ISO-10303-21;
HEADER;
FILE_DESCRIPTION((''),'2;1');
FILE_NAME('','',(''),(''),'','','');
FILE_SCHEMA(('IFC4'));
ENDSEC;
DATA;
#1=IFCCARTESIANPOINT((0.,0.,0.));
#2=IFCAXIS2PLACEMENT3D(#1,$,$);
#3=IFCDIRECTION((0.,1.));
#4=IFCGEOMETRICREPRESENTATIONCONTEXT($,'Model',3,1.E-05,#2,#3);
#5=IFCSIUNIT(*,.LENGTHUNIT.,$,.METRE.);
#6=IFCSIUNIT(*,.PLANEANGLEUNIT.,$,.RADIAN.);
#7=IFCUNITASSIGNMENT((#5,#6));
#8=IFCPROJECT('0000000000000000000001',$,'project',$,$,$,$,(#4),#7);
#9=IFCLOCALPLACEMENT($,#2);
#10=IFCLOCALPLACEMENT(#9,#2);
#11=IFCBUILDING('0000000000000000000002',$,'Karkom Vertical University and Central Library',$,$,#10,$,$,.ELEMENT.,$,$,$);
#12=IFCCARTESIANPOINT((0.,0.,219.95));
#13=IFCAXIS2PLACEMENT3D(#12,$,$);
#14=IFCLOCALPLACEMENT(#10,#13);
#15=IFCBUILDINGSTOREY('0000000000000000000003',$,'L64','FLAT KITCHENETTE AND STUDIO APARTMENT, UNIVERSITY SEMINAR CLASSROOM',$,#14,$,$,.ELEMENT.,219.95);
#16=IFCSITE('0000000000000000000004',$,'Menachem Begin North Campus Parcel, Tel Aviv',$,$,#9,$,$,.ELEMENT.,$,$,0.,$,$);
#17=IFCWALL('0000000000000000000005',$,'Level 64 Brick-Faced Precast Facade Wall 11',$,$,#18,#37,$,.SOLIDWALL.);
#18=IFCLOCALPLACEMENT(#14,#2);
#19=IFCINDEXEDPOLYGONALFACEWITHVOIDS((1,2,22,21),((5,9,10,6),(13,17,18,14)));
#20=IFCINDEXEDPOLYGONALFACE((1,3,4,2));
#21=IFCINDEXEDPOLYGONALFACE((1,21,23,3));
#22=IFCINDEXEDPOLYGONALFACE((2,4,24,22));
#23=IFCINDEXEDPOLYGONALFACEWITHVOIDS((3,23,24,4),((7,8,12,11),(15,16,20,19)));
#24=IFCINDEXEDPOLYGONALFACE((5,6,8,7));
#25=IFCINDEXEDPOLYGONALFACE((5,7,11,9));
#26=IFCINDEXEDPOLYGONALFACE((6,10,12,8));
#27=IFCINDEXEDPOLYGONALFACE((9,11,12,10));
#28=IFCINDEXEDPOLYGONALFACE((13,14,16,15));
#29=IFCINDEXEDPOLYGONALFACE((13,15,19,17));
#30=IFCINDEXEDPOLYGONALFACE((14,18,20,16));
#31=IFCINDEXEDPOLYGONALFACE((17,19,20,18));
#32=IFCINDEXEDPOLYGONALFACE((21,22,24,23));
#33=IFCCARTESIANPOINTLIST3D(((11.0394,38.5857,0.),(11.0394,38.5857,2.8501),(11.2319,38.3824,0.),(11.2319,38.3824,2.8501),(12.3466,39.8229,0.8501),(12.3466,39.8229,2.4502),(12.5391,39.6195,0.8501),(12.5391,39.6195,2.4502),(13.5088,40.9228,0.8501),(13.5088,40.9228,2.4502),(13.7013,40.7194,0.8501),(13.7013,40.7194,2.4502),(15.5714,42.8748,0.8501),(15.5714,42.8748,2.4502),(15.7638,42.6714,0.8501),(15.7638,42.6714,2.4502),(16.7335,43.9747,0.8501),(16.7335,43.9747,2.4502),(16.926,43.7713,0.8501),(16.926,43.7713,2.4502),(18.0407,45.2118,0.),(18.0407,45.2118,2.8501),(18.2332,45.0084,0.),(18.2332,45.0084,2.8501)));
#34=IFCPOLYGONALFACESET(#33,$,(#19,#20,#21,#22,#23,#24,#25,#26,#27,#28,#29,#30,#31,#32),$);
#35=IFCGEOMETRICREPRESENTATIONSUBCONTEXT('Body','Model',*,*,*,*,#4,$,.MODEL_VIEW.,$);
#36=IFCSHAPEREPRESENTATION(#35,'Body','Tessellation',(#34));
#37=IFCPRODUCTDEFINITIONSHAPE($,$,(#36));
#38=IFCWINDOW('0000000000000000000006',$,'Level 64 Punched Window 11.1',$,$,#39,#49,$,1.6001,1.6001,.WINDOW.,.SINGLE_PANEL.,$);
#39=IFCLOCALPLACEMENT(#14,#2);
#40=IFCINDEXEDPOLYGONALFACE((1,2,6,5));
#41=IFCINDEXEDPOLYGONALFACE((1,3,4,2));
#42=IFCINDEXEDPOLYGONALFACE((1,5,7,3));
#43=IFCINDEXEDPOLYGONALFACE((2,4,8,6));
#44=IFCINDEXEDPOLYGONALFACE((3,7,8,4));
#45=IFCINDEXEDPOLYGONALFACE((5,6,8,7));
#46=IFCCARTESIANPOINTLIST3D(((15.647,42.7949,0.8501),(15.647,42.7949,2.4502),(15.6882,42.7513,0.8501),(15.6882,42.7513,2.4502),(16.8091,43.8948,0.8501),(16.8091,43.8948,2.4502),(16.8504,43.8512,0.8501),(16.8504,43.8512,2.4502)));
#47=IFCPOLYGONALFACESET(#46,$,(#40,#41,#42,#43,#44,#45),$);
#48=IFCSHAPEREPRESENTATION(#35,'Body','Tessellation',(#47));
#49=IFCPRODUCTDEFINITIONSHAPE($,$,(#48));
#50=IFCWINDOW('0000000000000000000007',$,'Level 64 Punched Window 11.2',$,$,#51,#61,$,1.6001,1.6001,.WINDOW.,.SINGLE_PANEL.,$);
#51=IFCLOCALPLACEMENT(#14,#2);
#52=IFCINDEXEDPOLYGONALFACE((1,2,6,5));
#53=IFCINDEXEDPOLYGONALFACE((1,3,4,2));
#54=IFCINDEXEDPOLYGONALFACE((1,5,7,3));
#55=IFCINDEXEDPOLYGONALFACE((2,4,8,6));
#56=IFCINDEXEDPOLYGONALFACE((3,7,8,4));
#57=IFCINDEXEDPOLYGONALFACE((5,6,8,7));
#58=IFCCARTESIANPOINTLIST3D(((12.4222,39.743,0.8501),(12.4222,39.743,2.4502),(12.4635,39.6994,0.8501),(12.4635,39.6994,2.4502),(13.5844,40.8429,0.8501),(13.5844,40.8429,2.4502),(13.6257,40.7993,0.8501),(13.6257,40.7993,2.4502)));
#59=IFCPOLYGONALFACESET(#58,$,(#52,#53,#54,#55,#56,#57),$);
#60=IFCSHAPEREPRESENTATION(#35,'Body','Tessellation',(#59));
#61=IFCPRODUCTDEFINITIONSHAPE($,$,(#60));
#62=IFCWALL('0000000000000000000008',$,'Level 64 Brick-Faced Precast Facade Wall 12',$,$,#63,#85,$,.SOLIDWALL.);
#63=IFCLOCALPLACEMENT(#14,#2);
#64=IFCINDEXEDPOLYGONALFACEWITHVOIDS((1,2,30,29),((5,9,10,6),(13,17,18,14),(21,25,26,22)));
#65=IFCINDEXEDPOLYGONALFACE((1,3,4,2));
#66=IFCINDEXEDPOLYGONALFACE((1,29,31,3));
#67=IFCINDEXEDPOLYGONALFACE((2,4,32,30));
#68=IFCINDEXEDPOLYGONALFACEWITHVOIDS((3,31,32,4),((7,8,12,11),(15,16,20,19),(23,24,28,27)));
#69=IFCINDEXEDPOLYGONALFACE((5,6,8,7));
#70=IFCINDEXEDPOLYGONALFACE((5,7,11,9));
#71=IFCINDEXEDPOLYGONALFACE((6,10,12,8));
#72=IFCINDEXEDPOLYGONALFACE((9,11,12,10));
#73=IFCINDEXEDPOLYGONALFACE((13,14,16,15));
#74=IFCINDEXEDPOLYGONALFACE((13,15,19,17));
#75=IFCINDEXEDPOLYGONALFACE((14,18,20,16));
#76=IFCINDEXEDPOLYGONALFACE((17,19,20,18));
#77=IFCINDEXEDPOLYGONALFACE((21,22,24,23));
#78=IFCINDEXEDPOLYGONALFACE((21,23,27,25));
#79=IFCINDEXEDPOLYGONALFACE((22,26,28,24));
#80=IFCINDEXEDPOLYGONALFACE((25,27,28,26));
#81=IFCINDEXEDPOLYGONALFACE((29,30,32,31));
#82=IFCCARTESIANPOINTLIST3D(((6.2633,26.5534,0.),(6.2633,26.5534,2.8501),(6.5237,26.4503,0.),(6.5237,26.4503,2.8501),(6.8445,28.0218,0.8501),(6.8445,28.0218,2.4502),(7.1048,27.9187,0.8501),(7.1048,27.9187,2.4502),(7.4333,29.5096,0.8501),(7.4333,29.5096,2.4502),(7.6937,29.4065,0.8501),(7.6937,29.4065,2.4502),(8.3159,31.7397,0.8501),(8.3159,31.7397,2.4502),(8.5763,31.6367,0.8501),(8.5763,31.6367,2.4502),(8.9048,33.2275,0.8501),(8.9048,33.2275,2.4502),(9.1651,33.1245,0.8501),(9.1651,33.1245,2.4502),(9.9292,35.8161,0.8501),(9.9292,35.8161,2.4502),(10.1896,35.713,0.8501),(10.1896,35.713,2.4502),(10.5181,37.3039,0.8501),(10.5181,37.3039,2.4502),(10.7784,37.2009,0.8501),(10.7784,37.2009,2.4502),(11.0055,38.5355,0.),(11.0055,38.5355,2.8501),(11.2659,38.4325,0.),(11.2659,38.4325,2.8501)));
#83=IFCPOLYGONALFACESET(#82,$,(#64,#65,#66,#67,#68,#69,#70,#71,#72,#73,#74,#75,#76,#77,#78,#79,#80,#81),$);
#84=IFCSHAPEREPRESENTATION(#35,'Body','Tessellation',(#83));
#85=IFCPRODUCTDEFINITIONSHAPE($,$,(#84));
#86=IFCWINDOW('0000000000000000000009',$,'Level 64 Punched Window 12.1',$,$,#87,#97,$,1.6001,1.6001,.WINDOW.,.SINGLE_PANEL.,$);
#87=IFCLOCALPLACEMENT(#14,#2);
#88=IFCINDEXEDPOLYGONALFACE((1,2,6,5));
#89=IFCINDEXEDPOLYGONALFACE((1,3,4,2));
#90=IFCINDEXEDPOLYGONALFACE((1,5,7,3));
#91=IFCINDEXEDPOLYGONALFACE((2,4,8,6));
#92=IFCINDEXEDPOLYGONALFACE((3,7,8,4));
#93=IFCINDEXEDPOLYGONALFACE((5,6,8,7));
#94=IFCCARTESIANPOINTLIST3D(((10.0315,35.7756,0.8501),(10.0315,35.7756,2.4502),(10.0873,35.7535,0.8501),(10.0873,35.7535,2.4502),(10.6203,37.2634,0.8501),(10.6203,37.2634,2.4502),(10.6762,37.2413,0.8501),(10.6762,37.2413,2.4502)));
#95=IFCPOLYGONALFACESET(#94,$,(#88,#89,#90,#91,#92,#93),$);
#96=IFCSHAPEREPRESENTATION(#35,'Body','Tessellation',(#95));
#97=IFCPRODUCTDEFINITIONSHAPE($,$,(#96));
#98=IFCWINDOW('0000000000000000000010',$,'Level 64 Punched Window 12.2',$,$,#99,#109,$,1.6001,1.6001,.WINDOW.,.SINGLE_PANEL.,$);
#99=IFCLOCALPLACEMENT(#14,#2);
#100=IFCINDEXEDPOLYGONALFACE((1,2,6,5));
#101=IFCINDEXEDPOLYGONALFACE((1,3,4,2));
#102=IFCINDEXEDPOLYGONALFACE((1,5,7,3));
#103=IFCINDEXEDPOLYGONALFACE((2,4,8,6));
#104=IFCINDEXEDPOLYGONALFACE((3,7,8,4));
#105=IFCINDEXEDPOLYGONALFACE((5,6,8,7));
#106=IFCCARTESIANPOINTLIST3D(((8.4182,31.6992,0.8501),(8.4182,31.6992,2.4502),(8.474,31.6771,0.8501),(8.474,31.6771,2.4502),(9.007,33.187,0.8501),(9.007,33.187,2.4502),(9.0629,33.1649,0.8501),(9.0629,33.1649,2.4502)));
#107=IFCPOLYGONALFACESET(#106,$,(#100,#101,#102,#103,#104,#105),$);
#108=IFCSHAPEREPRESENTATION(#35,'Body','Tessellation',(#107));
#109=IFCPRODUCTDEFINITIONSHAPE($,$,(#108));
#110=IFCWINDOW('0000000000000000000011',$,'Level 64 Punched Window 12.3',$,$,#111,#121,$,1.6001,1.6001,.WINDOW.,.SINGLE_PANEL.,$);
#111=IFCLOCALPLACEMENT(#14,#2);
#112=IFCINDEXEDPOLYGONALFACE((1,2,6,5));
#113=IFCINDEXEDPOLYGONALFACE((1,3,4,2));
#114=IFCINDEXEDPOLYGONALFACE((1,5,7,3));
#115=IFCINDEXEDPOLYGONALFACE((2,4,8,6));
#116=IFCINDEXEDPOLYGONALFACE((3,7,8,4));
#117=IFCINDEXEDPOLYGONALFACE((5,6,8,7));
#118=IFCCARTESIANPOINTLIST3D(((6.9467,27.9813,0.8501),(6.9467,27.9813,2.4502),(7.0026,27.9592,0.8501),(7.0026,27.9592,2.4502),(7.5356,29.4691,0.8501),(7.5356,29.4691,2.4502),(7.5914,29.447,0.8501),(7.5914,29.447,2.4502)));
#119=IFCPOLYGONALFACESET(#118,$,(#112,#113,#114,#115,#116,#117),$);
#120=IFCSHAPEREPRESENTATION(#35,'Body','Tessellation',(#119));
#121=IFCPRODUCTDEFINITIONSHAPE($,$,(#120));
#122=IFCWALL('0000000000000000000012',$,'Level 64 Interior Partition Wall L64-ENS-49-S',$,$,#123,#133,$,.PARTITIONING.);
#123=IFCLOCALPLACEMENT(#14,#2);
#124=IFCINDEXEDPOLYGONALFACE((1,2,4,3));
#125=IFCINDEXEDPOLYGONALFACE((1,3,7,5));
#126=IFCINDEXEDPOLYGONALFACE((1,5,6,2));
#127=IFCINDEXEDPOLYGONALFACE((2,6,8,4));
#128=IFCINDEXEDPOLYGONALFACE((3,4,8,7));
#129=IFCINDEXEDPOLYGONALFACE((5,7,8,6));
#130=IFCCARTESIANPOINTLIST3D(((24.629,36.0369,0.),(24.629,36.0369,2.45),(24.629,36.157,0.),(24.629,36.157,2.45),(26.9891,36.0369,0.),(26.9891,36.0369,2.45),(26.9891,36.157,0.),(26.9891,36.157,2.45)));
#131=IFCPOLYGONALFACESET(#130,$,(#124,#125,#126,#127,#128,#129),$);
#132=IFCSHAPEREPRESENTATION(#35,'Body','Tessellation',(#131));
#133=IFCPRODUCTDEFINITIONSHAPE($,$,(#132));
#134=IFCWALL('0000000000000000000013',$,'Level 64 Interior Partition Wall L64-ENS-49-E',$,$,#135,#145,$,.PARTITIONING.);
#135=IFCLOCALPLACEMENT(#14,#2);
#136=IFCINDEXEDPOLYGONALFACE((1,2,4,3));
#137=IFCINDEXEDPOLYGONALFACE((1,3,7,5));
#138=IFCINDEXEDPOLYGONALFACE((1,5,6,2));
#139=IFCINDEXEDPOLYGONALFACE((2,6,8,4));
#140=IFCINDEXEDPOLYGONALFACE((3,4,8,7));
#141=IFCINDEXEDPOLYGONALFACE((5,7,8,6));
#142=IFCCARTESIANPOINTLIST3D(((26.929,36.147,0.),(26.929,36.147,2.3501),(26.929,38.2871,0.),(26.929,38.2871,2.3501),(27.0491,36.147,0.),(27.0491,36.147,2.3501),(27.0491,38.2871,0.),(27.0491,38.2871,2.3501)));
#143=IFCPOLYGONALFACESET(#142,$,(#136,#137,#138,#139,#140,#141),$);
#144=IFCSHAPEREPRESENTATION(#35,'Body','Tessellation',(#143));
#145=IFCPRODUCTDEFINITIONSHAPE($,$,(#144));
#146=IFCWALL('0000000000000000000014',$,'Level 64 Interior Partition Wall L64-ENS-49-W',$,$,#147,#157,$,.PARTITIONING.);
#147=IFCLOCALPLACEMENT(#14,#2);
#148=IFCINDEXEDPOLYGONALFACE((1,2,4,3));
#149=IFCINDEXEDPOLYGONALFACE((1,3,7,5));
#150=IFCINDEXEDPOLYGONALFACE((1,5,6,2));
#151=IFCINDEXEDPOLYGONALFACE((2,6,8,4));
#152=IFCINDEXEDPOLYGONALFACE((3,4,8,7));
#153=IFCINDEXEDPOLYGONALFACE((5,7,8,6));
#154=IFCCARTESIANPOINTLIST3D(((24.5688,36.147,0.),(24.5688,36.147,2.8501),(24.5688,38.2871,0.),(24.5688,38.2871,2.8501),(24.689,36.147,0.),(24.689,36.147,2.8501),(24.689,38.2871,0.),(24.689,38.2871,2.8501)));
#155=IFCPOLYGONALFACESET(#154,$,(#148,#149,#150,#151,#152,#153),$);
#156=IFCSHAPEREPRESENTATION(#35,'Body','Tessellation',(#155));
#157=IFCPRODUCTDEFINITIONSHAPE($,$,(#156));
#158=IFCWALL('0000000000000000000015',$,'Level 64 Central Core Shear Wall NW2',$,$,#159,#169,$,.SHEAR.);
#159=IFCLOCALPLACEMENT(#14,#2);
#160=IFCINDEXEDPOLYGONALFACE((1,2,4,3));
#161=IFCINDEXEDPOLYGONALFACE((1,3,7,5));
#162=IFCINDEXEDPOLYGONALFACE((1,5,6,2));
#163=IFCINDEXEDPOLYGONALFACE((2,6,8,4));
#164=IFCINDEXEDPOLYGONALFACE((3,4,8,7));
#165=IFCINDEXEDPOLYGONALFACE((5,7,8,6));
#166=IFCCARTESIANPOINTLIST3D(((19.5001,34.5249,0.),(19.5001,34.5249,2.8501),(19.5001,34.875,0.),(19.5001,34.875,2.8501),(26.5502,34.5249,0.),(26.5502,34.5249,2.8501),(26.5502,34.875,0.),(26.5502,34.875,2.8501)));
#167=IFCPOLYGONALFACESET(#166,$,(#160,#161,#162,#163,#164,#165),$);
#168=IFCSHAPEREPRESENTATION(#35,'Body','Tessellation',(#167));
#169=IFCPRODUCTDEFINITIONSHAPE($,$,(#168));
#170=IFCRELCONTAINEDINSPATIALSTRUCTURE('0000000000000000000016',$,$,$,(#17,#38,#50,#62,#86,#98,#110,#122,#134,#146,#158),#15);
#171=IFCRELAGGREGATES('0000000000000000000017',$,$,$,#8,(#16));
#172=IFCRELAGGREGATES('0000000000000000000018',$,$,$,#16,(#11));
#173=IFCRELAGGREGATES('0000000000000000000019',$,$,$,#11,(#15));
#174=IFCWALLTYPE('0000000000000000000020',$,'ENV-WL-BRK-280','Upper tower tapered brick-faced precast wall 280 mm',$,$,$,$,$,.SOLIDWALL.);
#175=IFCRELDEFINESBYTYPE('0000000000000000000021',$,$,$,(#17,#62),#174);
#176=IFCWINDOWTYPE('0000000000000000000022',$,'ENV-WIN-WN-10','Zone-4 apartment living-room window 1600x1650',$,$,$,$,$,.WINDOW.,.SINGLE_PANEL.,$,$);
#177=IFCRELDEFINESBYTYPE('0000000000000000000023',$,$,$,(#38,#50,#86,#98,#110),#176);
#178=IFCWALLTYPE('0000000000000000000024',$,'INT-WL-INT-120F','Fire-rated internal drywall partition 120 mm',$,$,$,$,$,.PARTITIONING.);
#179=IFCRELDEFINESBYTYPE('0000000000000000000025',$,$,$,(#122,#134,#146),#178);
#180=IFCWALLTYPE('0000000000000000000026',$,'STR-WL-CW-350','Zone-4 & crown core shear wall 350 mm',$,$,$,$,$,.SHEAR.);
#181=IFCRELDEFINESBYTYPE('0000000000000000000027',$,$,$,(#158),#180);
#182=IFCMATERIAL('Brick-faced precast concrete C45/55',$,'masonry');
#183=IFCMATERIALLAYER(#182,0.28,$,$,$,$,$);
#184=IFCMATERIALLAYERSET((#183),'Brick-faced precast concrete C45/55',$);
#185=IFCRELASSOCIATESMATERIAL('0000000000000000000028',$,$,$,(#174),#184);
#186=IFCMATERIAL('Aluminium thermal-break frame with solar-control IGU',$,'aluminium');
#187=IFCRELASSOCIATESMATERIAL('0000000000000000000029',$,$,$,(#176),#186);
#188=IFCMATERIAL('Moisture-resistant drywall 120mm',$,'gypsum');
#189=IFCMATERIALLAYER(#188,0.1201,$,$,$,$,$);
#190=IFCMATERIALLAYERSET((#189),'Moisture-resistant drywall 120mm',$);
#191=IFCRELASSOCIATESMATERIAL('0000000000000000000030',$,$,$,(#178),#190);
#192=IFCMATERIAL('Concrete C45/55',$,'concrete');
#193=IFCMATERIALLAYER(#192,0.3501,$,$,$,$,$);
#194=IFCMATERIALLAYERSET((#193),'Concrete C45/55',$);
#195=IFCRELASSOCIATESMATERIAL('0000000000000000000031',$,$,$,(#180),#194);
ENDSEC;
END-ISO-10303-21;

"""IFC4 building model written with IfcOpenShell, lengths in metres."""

from ifc_helpers import new_model, si_unit, direction, frame, frame_2d, origin, origin_with_axes, place, context, subcontext, project, spatial, rectangle, extrude, source, transform, mapped, material, layer, layer_set, type_object, element, fill, save


model = new_model("IFC4")

# Units and contexts
model_context = context("Model", 3, precision=1e-05, world=origin(), true_north=direction((0.0, 1.0)))
body_context = subcontext(model_context, "Body", "Model", "MODEL_VIEW")
ifc_project = project(units=[si_unit("LENGTHUNIT", "METRE"), si_unit("PLANEANGLEUNIT", "RADIAN")], contexts=[model_context])

# Site, building, storey
site_placement = place(None, origin())
site = spatial("IfcSite", under=ifc_project, at=site_placement, Name="Menachem Begin North Campus Parcel, Tel Aviv", CompositionType="ELEMENT", RefElevation=0.0)
building_placement = place(site_placement, origin())
building = spatial("IfcBuilding", under=site, at=building_placement, Name="Karkom Vertical University and Central Library", CompositionType="ELEMENT")
storey_placement = place(building_placement, frame((0.0, 0.0, 219.95)))
storey = spatial("IfcBuildingStorey", under=building, at=storey_placement, Name="L64", Description="FLAT KITCHENETTE AND STUDIO APARTMENT, UNIVERSITY SEMINAR CLASSROOM", CompositionType="ELEMENT", Elevation=219.95)

# Shared definitions
ifc_material_1 = material(Name="Concrete C45/55", Category="concrete")

# Walls, openings, windows
ifc_material_2 = material(Name="Brick-faced precast concrete C45/55", Category="masonry")
ifc_layer_1 = layer(ifc_material_2, 0.28)
ifc_layer_set_1 = layer_set([ifc_layer_1], Name="Brick-faced precast concrete C45/55")
wall_type_1 = type_object("IfcWallType", Name="ENV-WL-BRK-280", Description="Upper tower tapered brick-faced precast wall 280 mm", PredefinedType="SOLIDWALL", material=ifc_layer_set_1)
wall_1_placement = place(storey_placement, frame((18.137, 45.1101, 0.0), z_axis=(0.0, 0.0, 1.0), x_axis=(-0.726303, -0.687375, 0.0)))
wall_1 = element("IfcWall", 1, at=wall_1_placement, inside=storey, type_object=wall_type_1, Name="Level 64 Brick-Faced Precast Facade Wall 11", PredefinedType="SOLIDWALL", context=body_context, shape_type="SweptSolid", body=[
    extrude(rectangle(XDim=9.6396, YDim=0.28, at=frame_2d((4.8198, 0.0))), origin(), (0.0, 0.0, 1.0), 2.8501),
])
opening_1_placement = place(wall_1_placement, frame((1.7998, 0.0, 0.8501)))
opening_1 = element("IfcOpeningElement", 2, at=opening_1_placement, cuts=wall_1, PredefinedType="OPENING", context=body_context, shape_type="SweptSolid", body=[
    extrude(rectangle(XDim=1.6001, YDim=1.6001, at=frame_2d((0.8, 0.8))), frame((0.0, 0.1499, 0.0), z_axis=(0.0, -1.0, 0.0), x_axis=(1.0, 0.0, 0.0)), (0.0, 0.0, 1.0), 0.3),
])
opening_2_placement = place(wall_1_placement, frame((6.2397, 0.0, 0.8501)))
opening_2 = element("IfcOpeningElement", 3, at=opening_2_placement, cuts=wall_1, PredefinedType="OPENING", context=body_context, shape_type="SweptSolid", body=[
    extrude(rectangle(XDim=1.6001, YDim=1.6001, at=frame_2d((0.8, 0.8))), frame((0.0, 0.1499, 0.0), z_axis=(0.0, -1.0, 0.0), x_axis=(1.0, 0.0, 0.0)), (0.0, 0.0, 1.0), 0.3),
])
ifc_material_3 = material(Name="Aluminium thermal-break frame with solar-control IGU", Category="aluminium")
window_type = type_object("IfcWindowType", Name="ENV-WIN-WN-10", Description="Zone-4 apartment living-room window 1600x1650", PartitioningType="SINGLE_PANEL", PredefinedType="WINDOW", material=ifc_material_3)
shared_shape_1 = source(origin_with_axes(), body_context, "Body", "SweptSolid", [
    extrude(rectangle(XDim=1.6001, YDim=1.6001, at=frame_2d((0.8, 0.8))), frame((0.0, 0.03, 0.0), z_axis=(0.0, -1.0, 0.0), x_axis=(1.0, 0.0, 0.0)), (0.0, 0.0, 1.0), 0.0601),
])
window_1_placement = place(opening_1_placement, origin())
window_1 = element("IfcWindow", 4, at=window_1_placement, inside=storey, type_object=window_type, Name="Level 64 Punched Window 11.1", OverallHeight=1.6001, OverallWidth=1.6001, PartitioningType="SINGLE_PANEL", PredefinedType="WINDOW", context=body_context, shape_type="MappedRepresentation", body=[
    mapped(shared_shape_1, transform((0.0, 0.0, 0.0), scale=1.0)),
])
fill(opening_1, window_1)
window_2_placement = place(opening_2_placement, origin())
window_2 = element("IfcWindow", 5, at=window_2_placement, inside=storey, type_object=window_type, Name="Level 64 Punched Window 11.2", OverallHeight=1.6001, OverallWidth=1.6001, PartitioningType="SINGLE_PANEL", PredefinedType="WINDOW", context=body_context, shape_type="MappedRepresentation", body=[
    mapped(shared_shape_1, transform((0.0, 0.0, 0.0), scale=1.0)),
])
fill(opening_2, window_2)
wall_2_placement = place(storey_placement, frame((11.1357, 38.4841, 0.0), z_axis=(0.0, 0.0, 1.0), x_axis=(-0.367998, -0.929827, 0.0)))
wall_2 = element("IfcWall", 6, at=wall_2_placement, inside=storey, type_object=wall_type_1, Name="Level 64 Brick-Faced Precast Facade Wall 12", PredefinedType="SOLIDWALL", context=body_context, shape_type="SweptSolid", body=[
    extrude(rectangle(XDim=12.8865, YDim=0.28, at=frame_2d((6.4434, 0.0))), origin(), (0.0, 0.0, 1.0), 2.8501),
])
opening_3_placement = place(wall_2_placement, frame((1.3247, 0.0, 0.8501)))
opening_3 = element("IfcOpeningElement", 7, at=opening_3_placement, cuts=wall_2, PredefinedType="OPENING", context=body_context, shape_type="SweptSolid", body=[
    extrude(rectangle(XDim=1.6001, YDim=1.6001, at=frame_2d((0.8, 0.8))), frame((0.0, 0.1499, 0.0), z_axis=(0.0, -1.0, 0.0), x_axis=(1.0, 0.0, 0.0)), (0.0, 0.0, 1.0), 0.3),
])
opening_4_placement = place(wall_2_placement, frame((5.7087, 0.0, 0.8501)))
opening_4 = element("IfcOpeningElement", 8, at=opening_4_placement, cuts=wall_2, PredefinedType="OPENING", context=body_context, shape_type="SweptSolid", body=[
    extrude(rectangle(XDim=1.6001, YDim=1.6001, at=frame_2d((0.8, 0.8))), frame((0.0, 0.1499, 0.0), z_axis=(0.0, -1.0, 0.0), x_axis=(1.0, 0.0, 0.0)), (0.0, 0.0, 1.0), 0.3),
])
opening_5_placement = place(wall_2_placement, frame((9.7073, 0.0, 0.8501)))
opening_5 = element("IfcOpeningElement", 9, at=opening_5_placement, cuts=wall_2, PredefinedType="OPENING", context=body_context, shape_type="SweptSolid", body=[
    extrude(rectangle(XDim=1.6001, YDim=1.6001, at=frame_2d((0.8, 0.8))), frame((0.0, 0.1499, 0.0), z_axis=(0.0, -1.0, 0.0), x_axis=(1.0, 0.0, 0.0)), (0.0, 0.0, 1.0), 0.3),
])
window_3_placement = place(opening_3_placement, origin())
window_3 = element("IfcWindow", 10, at=window_3_placement, inside=storey, type_object=window_type, Name="Level 64 Punched Window 12.1", OverallHeight=1.6001, OverallWidth=1.6001, PartitioningType="SINGLE_PANEL", PredefinedType="WINDOW", context=body_context, shape_type="MappedRepresentation", body=[
    mapped(shared_shape_1, transform((0.0, 0.0, 0.0), scale=1.0)),
])
fill(opening_3, window_3)
window_4_placement = place(opening_4_placement, origin())
window_4 = element("IfcWindow", 11, at=window_4_placement, inside=storey, type_object=window_type, Name="Level 64 Punched Window 12.2", OverallHeight=1.6001, OverallWidth=1.6001, PartitioningType="SINGLE_PANEL", PredefinedType="WINDOW", context=body_context, shape_type="MappedRepresentation", body=[
    mapped(shared_shape_1, transform((0.0, 0.0, 0.0), scale=1.0)),
])
fill(opening_4, window_4)
window_5_placement = place(opening_5_placement, origin())
window_5 = element("IfcWindow", 12, at=window_5_placement, inside=storey, type_object=window_type, Name="Level 64 Punched Window 12.3", OverallHeight=1.6001, OverallWidth=1.6001, PartitioningType="SINGLE_PANEL", PredefinedType="WINDOW", context=body_context, shape_type="MappedRepresentation", body=[
    mapped(shared_shape_1, transform((0.0, 0.0, 0.0), scale=1.0)),
])
fill(opening_5, window_5)

# Walls
ifc_material_4 = material(Name="Moisture-resistant drywall 120mm", Category="gypsum")
ifc_layer_2 = layer(ifc_material_4, 0.1201)
ifc_layer_set_2 = layer_set([ifc_layer_2], Name="Moisture-resistant drywall 120mm")
wall_type_2 = type_object("IfcWallType", Name="INT-WL-INT-120F", Description="Fire-rated internal drywall partition 120 mm", PredefinedType="PARTITIONING", material=ifc_layer_set_2)
wall_3_placement = place(storey_placement, frame((24.6289, 36.0969, 0.0), z_axis=(0.0, 0.0, 1.0), x_axis=(1.0, 0.0, 0.0)))
element("IfcWall", 13, at=wall_3_placement, inside=storey, type_object=wall_type_2, Name="Level 64 Interior Partition Wall L64-ENS-49-S", PredefinedType="PARTITIONING", context=body_context, shape_type="SweptSolid", body=[
    extrude(rectangle(XDim=2.3601, YDim=0.1201, at=frame_2d((1.1802, 0.0))), origin(), (0.0, 0.0, 1.0), 2.45),
])
wall_4_placement = place(storey_placement, frame((26.989, 36.147, 0.0), z_axis=(0.0, 0.0, 1.0), x_axis=(0.0, 1.0, 0.0)))
element("IfcWall", 14, at=wall_4_placement, inside=storey, type_object=wall_type_2, Name="Level 64 Interior Partition Wall L64-ENS-49-E", PredefinedType="PARTITIONING", context=body_context, shape_type="SweptSolid", body=[
    extrude(rectangle(XDim=2.1401, YDim=0.1201, at=frame_2d((1.0701, 0.0))), origin(), (0.0, 0.0, 1.0), 2.3501),
])
wall_5_placement = place(storey_placement, frame((24.6289, 38.2871, 0.0), z_axis=(0.0, 0.0, 1.0), x_axis=(0.0, -1.0, 0.0)))
element("IfcWall", 15, at=wall_5_placement, inside=storey, type_object=wall_type_2, Name="Level 64 Interior Partition Wall L64-ENS-49-W", PredefinedType="PARTITIONING", context=body_context, shape_type="SweptSolid", body=[
    extrude(rectangle(XDim=2.1401, YDim=0.1201, at=frame_2d((1.0701, 0.0))), origin(), (0.0, 0.0, 1.0), 2.8501),
])
ifc_layer_3 = layer(ifc_material_1, 0.3501)
ifc_layer_set_3 = layer_set([ifc_layer_3], Name="Concrete C45/55")
wall_type_3 = type_object("IfcWallType", Name="STR-WL-CW-350", Description="Zone-4 & crown core shear wall 350 mm", PredefinedType="SHEAR", material=ifc_layer_set_3)
wall_6_placement = place(storey_placement, frame((26.55, 34.7, 0.0), z_axis=(0.0, 0.0, 1.0), x_axis=(-1.0, 0.0, 0.0)))
element("IfcWall", 16, at=wall_6_placement, inside=storey, type_object=wall_type_3, Name="Level 64 Central Core Shear Wall NW2", PredefinedType="SHEAR", context=body_context, shape_type="SweptSolid", body=[
    extrude(rectangle(XDim=7.05, YDim=0.3501, at=frame_2d((3.5249, 0.0))), origin(), (0.0, 0.0, 1.0), 2.8501),
])

save(model, "model.ifc")
